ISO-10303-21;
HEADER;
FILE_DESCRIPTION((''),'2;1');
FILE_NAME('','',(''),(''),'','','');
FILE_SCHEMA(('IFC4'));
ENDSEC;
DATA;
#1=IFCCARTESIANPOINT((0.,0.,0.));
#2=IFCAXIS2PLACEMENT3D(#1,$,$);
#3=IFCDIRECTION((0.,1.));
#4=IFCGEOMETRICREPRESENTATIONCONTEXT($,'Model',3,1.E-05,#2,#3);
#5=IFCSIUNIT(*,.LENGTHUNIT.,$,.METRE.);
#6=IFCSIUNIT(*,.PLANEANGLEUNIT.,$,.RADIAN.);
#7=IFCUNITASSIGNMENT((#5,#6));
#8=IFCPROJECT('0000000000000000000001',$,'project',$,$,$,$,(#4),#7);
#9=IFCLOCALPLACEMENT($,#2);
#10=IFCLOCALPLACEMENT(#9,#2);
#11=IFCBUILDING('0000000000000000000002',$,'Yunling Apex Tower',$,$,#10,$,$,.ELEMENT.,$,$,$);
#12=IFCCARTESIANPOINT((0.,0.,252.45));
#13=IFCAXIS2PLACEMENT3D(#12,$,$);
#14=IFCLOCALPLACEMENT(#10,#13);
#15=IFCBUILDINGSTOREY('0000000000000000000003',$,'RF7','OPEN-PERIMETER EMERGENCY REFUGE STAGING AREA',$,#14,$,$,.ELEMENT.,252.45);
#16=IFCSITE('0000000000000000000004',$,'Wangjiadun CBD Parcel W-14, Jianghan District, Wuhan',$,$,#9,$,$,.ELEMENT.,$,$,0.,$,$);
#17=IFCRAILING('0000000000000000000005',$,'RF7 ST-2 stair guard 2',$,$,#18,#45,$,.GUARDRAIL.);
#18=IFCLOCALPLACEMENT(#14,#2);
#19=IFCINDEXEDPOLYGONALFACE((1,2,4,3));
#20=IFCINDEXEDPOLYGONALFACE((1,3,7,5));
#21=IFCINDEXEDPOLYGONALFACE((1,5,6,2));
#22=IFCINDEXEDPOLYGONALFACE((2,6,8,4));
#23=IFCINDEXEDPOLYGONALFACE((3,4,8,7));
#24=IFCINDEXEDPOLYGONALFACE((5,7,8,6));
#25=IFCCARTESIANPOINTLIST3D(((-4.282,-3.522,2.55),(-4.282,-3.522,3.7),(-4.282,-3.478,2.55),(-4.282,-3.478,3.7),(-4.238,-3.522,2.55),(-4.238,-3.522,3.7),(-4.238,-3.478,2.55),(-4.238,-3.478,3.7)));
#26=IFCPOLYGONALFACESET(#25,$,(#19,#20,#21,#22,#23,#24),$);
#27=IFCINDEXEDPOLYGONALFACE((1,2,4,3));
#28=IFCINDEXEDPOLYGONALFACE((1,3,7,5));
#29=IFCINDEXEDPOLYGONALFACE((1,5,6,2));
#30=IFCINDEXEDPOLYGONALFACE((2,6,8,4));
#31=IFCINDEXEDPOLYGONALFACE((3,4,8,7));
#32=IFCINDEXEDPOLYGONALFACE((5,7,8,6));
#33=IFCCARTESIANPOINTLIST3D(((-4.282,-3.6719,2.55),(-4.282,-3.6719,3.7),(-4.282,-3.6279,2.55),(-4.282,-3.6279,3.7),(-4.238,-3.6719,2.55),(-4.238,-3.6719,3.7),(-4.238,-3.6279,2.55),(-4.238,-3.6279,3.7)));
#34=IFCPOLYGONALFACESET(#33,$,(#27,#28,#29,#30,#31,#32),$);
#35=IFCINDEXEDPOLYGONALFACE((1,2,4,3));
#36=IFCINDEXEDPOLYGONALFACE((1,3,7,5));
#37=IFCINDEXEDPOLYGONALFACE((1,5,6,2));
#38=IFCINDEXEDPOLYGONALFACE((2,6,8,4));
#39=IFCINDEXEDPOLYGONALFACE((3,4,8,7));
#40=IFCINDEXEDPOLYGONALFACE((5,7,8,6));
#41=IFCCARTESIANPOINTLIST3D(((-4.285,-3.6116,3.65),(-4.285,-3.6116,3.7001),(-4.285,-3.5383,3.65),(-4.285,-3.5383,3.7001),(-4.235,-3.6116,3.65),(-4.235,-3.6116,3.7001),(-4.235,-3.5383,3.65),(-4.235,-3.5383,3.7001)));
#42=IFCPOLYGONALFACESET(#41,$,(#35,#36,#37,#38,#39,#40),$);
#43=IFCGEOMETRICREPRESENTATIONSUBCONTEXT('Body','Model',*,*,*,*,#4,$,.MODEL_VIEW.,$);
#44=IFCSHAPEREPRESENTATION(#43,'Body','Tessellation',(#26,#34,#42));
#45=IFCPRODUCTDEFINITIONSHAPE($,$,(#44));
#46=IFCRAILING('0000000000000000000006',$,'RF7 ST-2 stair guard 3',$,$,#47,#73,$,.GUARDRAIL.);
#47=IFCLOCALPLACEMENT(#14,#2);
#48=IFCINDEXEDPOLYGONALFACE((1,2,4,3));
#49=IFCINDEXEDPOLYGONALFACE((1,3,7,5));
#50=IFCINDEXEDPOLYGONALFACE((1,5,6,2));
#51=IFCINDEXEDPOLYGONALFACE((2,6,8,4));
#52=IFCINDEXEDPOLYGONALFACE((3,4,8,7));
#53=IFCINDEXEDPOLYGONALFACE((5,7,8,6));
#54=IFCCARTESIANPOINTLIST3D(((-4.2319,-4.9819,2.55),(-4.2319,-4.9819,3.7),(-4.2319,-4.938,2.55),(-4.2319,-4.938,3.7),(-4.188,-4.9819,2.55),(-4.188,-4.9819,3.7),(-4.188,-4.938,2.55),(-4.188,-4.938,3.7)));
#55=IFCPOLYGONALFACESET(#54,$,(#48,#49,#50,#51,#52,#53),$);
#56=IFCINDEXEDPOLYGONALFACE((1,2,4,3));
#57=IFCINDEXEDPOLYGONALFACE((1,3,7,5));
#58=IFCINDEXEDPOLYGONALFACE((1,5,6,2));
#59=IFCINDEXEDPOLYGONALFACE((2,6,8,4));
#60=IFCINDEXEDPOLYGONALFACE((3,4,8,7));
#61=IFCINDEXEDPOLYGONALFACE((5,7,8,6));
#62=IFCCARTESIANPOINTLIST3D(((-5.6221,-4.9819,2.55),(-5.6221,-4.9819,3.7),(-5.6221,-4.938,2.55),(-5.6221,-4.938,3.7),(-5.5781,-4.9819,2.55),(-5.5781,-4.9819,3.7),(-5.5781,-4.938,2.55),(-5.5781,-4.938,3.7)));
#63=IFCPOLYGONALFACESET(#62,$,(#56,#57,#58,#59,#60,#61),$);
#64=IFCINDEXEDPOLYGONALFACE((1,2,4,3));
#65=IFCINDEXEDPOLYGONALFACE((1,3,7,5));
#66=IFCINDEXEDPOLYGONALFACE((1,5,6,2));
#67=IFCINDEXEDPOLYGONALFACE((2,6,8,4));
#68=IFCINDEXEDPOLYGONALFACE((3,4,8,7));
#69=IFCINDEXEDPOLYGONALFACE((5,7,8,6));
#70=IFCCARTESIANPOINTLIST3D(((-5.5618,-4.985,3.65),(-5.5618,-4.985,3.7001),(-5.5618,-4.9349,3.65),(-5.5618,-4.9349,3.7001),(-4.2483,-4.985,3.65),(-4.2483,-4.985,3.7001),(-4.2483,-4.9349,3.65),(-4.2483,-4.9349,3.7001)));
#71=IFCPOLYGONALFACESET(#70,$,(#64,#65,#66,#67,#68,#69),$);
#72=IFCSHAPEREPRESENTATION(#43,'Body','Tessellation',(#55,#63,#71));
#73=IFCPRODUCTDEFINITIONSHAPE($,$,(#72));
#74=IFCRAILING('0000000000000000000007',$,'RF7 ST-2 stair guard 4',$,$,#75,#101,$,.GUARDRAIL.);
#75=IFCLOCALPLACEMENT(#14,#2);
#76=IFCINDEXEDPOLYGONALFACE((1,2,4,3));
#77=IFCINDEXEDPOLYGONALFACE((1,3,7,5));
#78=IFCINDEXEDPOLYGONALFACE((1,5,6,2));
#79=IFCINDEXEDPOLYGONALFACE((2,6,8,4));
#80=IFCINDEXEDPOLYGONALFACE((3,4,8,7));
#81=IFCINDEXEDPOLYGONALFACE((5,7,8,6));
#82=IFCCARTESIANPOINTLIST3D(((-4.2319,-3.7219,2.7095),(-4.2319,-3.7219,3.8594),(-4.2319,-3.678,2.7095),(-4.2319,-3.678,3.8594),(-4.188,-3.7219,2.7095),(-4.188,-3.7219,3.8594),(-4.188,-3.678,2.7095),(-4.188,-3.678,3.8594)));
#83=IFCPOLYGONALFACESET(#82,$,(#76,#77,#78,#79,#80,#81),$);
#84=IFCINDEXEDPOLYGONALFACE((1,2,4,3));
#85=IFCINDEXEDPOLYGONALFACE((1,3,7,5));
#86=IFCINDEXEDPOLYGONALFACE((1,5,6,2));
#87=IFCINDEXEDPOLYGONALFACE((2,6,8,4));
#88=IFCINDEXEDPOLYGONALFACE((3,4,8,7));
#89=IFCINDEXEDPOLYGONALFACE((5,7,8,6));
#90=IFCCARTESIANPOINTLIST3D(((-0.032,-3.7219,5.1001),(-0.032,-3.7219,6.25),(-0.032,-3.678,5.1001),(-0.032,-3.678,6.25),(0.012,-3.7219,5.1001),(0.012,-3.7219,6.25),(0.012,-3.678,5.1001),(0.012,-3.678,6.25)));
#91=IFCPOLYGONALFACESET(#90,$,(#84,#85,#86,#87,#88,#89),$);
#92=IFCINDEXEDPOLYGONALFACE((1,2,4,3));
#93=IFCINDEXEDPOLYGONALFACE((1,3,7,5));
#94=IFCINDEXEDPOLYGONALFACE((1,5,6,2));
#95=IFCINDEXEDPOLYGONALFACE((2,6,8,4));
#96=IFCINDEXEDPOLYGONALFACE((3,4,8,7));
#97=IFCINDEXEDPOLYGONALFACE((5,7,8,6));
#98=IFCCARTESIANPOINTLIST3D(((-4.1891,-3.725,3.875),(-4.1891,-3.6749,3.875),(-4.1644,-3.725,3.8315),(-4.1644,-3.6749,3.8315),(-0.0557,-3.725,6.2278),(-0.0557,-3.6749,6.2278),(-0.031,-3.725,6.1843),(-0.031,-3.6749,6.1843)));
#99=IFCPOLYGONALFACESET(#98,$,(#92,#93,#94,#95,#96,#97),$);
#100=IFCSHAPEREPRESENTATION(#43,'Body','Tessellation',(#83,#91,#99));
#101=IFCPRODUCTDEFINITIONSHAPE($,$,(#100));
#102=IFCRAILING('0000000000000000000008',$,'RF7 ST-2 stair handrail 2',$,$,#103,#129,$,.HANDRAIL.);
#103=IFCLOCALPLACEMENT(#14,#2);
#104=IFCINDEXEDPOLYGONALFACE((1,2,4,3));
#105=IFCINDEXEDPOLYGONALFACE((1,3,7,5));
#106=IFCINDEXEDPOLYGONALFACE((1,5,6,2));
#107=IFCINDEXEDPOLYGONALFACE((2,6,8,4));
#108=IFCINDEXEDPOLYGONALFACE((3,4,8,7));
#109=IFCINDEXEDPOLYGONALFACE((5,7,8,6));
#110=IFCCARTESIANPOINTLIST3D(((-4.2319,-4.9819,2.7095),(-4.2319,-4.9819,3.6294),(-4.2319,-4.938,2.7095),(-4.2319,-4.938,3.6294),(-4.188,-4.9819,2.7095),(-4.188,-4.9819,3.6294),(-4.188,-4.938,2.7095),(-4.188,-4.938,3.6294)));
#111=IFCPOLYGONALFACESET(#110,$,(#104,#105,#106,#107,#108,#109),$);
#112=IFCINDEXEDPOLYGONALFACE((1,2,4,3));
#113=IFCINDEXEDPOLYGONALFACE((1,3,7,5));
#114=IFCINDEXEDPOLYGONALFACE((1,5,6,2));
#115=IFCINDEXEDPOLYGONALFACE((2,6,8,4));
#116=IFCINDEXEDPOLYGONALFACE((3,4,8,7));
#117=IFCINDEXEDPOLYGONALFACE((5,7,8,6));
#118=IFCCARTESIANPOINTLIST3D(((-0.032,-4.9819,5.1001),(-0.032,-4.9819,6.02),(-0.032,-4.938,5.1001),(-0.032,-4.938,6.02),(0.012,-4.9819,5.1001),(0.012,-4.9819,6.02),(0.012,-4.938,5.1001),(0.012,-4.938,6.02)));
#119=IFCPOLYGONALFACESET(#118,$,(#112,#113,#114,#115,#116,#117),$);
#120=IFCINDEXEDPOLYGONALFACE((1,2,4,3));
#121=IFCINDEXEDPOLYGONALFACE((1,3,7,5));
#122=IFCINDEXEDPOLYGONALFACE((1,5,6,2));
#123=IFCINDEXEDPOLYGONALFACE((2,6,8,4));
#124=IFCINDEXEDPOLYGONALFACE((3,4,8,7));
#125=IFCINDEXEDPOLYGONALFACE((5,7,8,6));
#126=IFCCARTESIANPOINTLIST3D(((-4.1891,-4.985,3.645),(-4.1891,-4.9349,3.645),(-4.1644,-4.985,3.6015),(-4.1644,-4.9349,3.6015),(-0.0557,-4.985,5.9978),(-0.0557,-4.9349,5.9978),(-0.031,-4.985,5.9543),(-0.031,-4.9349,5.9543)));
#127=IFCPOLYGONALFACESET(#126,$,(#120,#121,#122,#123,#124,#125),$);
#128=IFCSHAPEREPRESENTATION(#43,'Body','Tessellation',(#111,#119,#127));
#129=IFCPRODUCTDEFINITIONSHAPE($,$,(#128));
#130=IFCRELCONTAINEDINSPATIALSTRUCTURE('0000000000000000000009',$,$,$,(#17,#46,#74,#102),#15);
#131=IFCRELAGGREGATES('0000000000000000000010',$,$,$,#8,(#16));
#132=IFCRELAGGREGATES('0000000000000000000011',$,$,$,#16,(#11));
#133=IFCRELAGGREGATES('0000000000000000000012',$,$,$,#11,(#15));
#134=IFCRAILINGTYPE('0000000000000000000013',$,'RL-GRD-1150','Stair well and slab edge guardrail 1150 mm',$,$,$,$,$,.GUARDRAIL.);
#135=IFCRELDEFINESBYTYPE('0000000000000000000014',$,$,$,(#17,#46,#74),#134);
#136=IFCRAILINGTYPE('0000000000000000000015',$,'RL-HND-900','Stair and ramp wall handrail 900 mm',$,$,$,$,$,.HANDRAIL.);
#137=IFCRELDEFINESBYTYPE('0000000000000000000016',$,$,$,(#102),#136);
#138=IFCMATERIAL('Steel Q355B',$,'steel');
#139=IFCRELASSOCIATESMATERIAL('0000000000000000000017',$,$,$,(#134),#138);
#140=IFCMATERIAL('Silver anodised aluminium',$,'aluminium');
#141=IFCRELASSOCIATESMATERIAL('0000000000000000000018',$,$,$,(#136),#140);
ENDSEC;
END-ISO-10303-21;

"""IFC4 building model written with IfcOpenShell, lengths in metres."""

from ifc_helpers import new_model, si_unit, direction, frame, origin, origin_2d, place, context, subcontext, project, spatial, rectangle, extrude, material, type_object, element, save


model = new_model("IFC4")

# Units and contexts
model_context = context("Model", 3, precision=1e-05, world=origin(), true_north=direction((0.0, 1.0)))
body_context = subcontext(model_context, "Body", "Model", "MODEL_VIEW")
ifc_project = project(units=[si_unit("LENGTHUNIT", "METRE"), si_unit("PLANEANGLEUNIT", "RADIAN")], contexts=[model_context])

# Site, building, storey
site_placement = place(None, origin())
site = spatial("IfcSite", under=ifc_project, at=site_placement, Name="Wangjiadun CBD Parcel W-14, Jianghan District, Wuhan", CompositionType="ELEMENT", RefElevation=0.0)
building_placement = place(site_placement, origin())
building = spatial("IfcBuilding", under=site, at=building_placement, Name="Yunling Apex Tower", CompositionType="ELEMENT")
storey_placement = place(building_placement, frame((0.0, 0.0, 252.45)))
storey = spatial("IfcBuildingStorey", under=building, at=storey_placement, Name="RF7", Description="OPEN-PERIMETER EMERGENCY REFUGE STAGING AREA", CompositionType="ELEMENT", Elevation=252.45)

# Shared definitions
ifc_material_1 = material(Name="Steel Q355B", Category="steel")

# Railings
railing_type_1 = type_object("IfcRailingType", Name="RL-GRD-1150", Description="Stair well and slab edge guardrail 1150 mm", PredefinedType="GUARDRAIL", material=ifc_material_1)
railing_1_placement = place(storey_placement, frame((-4.26, -3.5, 2.55)))
element("IfcRailing", 1, at=railing_1_placement, inside=storey, type_object=railing_type_1, Name="RF7 ST-2 stair guard 2", PredefinedType="GUARDRAIL", context=body_context, shape_type="SweptSolid", body=[
    extrude(rectangle(XDim=0.0439, YDim=0.0439, at=origin_2d()), origin(), (0.0, 0.0, 1.0), 1.1499),
    extrude(rectangle(XDim=0.0439, YDim=0.0439, at=origin_2d()), frame((0.0, -0.1499, 0.0)), (0.0, 0.0, 1.0), 1.1499),
    extrude(rectangle(XDim=0.05, YDim=0.05, at=origin_2d()), frame((0.0, -0.0383, 1.125), z_axis=(0.0, -1.0, 0.0), x_axis=(1.0, 0.0, 0.0)), (0.0, 0.0, 1.0), 0.0732),
])
railing_2_placement = place(storey_placement, frame((-4.21, -4.96, 2.55)))
element("IfcRailing", 2, at=railing_2_placement, inside=storey, type_object=railing_type_1, Name="RF7 ST-2 stair guard 3", PredefinedType="GUARDRAIL", context=body_context, shape_type="SweptSolid", body=[
    extrude(rectangle(XDim=0.0439, YDim=0.0439, at=origin_2d()), origin(), (0.0, 0.0, 1.0), 1.1499),
    extrude(rectangle(XDim=0.0439, YDim=0.0439, at=origin_2d()), frame((-1.3901, 0.0, 0.0)), (0.0, 0.0, 1.0), 1.1499),
    extrude(rectangle(XDim=0.05, YDim=0.05, at=origin_2d()), frame((-0.0383, 0.0, 1.125), z_axis=(-1.0, 0.0, 0.0), x_axis=(0.0, -1.0, 0.0)), (0.0, 0.0, 1.0), 1.3135),
])
railing_3_placement = place(storey_placement, frame((-4.21, -3.7, 2.7095)))
element("IfcRailing", 3, at=railing_3_placement, inside=storey, type_object=railing_type_1, Name="RF7 ST-2 stair guard 4", PredefinedType="GUARDRAIL", context=body_context, shape_type="SweptSolid", body=[
    extrude(rectangle(XDim=0.0439, YDim=0.0439, at=origin_2d()), origin(), (0.0, 0.0, 1.0), 1.1499),
    extrude(rectangle(XDim=0.0439, YDim=0.0439, at=origin_2d()), frame((4.2, 0.0, 2.3906)), (0.0, 0.0, 1.0), 1.1499),
    extrude(rectangle(XDim=0.05, YDim=0.05, at=origin_2d()), frame((0.0332, 0.0, 1.1438), z_axis=(0.869075, 0.0, 0.49468), x_axis=(0.0, 1.0, 0.0)), (0.0, 0.0, 1.0), 4.7561),
])
ifc_material_2 = material(Name="Silver anodised aluminium", Category="aluminium")
railing_type_2 = type_object("IfcRailingType", Name="RL-HND-900", Description="Stair and ramp wall handrail 900 mm", PredefinedType="HANDRAIL", material=ifc_material_2)
railing_4_placement = place(storey_placement, frame((-4.21, -4.96, 2.7095)))
element("IfcRailing", 4, at=railing_4_placement, inside=storey, type_object=railing_type_2, Name="RF7 ST-2 stair handrail 2", PredefinedType="HANDRAIL", context=body_context, shape_type="SweptSolid", body=[
    extrude(rectangle(XDim=0.0439, YDim=0.0439, at=origin_2d()), origin(), (0.0, 0.0, 1.0), 0.9199),
    extrude(rectangle(XDim=0.0439, YDim=0.0439, at=origin_2d()), frame((4.2, 0.0, 2.3906)), (0.0, 0.0, 1.0), 0.9199),
    extrude(rectangle(XDim=0.05, YDim=0.05, at=origin_2d()), frame((0.0332, 0.0, 0.9138), z_axis=(0.869075, 0.0, 0.49468), x_axis=(0.0, 1.0, 0.0)), (0.0, 0.0, 1.0), 4.7561),
])

save(model, "model.ifc")
